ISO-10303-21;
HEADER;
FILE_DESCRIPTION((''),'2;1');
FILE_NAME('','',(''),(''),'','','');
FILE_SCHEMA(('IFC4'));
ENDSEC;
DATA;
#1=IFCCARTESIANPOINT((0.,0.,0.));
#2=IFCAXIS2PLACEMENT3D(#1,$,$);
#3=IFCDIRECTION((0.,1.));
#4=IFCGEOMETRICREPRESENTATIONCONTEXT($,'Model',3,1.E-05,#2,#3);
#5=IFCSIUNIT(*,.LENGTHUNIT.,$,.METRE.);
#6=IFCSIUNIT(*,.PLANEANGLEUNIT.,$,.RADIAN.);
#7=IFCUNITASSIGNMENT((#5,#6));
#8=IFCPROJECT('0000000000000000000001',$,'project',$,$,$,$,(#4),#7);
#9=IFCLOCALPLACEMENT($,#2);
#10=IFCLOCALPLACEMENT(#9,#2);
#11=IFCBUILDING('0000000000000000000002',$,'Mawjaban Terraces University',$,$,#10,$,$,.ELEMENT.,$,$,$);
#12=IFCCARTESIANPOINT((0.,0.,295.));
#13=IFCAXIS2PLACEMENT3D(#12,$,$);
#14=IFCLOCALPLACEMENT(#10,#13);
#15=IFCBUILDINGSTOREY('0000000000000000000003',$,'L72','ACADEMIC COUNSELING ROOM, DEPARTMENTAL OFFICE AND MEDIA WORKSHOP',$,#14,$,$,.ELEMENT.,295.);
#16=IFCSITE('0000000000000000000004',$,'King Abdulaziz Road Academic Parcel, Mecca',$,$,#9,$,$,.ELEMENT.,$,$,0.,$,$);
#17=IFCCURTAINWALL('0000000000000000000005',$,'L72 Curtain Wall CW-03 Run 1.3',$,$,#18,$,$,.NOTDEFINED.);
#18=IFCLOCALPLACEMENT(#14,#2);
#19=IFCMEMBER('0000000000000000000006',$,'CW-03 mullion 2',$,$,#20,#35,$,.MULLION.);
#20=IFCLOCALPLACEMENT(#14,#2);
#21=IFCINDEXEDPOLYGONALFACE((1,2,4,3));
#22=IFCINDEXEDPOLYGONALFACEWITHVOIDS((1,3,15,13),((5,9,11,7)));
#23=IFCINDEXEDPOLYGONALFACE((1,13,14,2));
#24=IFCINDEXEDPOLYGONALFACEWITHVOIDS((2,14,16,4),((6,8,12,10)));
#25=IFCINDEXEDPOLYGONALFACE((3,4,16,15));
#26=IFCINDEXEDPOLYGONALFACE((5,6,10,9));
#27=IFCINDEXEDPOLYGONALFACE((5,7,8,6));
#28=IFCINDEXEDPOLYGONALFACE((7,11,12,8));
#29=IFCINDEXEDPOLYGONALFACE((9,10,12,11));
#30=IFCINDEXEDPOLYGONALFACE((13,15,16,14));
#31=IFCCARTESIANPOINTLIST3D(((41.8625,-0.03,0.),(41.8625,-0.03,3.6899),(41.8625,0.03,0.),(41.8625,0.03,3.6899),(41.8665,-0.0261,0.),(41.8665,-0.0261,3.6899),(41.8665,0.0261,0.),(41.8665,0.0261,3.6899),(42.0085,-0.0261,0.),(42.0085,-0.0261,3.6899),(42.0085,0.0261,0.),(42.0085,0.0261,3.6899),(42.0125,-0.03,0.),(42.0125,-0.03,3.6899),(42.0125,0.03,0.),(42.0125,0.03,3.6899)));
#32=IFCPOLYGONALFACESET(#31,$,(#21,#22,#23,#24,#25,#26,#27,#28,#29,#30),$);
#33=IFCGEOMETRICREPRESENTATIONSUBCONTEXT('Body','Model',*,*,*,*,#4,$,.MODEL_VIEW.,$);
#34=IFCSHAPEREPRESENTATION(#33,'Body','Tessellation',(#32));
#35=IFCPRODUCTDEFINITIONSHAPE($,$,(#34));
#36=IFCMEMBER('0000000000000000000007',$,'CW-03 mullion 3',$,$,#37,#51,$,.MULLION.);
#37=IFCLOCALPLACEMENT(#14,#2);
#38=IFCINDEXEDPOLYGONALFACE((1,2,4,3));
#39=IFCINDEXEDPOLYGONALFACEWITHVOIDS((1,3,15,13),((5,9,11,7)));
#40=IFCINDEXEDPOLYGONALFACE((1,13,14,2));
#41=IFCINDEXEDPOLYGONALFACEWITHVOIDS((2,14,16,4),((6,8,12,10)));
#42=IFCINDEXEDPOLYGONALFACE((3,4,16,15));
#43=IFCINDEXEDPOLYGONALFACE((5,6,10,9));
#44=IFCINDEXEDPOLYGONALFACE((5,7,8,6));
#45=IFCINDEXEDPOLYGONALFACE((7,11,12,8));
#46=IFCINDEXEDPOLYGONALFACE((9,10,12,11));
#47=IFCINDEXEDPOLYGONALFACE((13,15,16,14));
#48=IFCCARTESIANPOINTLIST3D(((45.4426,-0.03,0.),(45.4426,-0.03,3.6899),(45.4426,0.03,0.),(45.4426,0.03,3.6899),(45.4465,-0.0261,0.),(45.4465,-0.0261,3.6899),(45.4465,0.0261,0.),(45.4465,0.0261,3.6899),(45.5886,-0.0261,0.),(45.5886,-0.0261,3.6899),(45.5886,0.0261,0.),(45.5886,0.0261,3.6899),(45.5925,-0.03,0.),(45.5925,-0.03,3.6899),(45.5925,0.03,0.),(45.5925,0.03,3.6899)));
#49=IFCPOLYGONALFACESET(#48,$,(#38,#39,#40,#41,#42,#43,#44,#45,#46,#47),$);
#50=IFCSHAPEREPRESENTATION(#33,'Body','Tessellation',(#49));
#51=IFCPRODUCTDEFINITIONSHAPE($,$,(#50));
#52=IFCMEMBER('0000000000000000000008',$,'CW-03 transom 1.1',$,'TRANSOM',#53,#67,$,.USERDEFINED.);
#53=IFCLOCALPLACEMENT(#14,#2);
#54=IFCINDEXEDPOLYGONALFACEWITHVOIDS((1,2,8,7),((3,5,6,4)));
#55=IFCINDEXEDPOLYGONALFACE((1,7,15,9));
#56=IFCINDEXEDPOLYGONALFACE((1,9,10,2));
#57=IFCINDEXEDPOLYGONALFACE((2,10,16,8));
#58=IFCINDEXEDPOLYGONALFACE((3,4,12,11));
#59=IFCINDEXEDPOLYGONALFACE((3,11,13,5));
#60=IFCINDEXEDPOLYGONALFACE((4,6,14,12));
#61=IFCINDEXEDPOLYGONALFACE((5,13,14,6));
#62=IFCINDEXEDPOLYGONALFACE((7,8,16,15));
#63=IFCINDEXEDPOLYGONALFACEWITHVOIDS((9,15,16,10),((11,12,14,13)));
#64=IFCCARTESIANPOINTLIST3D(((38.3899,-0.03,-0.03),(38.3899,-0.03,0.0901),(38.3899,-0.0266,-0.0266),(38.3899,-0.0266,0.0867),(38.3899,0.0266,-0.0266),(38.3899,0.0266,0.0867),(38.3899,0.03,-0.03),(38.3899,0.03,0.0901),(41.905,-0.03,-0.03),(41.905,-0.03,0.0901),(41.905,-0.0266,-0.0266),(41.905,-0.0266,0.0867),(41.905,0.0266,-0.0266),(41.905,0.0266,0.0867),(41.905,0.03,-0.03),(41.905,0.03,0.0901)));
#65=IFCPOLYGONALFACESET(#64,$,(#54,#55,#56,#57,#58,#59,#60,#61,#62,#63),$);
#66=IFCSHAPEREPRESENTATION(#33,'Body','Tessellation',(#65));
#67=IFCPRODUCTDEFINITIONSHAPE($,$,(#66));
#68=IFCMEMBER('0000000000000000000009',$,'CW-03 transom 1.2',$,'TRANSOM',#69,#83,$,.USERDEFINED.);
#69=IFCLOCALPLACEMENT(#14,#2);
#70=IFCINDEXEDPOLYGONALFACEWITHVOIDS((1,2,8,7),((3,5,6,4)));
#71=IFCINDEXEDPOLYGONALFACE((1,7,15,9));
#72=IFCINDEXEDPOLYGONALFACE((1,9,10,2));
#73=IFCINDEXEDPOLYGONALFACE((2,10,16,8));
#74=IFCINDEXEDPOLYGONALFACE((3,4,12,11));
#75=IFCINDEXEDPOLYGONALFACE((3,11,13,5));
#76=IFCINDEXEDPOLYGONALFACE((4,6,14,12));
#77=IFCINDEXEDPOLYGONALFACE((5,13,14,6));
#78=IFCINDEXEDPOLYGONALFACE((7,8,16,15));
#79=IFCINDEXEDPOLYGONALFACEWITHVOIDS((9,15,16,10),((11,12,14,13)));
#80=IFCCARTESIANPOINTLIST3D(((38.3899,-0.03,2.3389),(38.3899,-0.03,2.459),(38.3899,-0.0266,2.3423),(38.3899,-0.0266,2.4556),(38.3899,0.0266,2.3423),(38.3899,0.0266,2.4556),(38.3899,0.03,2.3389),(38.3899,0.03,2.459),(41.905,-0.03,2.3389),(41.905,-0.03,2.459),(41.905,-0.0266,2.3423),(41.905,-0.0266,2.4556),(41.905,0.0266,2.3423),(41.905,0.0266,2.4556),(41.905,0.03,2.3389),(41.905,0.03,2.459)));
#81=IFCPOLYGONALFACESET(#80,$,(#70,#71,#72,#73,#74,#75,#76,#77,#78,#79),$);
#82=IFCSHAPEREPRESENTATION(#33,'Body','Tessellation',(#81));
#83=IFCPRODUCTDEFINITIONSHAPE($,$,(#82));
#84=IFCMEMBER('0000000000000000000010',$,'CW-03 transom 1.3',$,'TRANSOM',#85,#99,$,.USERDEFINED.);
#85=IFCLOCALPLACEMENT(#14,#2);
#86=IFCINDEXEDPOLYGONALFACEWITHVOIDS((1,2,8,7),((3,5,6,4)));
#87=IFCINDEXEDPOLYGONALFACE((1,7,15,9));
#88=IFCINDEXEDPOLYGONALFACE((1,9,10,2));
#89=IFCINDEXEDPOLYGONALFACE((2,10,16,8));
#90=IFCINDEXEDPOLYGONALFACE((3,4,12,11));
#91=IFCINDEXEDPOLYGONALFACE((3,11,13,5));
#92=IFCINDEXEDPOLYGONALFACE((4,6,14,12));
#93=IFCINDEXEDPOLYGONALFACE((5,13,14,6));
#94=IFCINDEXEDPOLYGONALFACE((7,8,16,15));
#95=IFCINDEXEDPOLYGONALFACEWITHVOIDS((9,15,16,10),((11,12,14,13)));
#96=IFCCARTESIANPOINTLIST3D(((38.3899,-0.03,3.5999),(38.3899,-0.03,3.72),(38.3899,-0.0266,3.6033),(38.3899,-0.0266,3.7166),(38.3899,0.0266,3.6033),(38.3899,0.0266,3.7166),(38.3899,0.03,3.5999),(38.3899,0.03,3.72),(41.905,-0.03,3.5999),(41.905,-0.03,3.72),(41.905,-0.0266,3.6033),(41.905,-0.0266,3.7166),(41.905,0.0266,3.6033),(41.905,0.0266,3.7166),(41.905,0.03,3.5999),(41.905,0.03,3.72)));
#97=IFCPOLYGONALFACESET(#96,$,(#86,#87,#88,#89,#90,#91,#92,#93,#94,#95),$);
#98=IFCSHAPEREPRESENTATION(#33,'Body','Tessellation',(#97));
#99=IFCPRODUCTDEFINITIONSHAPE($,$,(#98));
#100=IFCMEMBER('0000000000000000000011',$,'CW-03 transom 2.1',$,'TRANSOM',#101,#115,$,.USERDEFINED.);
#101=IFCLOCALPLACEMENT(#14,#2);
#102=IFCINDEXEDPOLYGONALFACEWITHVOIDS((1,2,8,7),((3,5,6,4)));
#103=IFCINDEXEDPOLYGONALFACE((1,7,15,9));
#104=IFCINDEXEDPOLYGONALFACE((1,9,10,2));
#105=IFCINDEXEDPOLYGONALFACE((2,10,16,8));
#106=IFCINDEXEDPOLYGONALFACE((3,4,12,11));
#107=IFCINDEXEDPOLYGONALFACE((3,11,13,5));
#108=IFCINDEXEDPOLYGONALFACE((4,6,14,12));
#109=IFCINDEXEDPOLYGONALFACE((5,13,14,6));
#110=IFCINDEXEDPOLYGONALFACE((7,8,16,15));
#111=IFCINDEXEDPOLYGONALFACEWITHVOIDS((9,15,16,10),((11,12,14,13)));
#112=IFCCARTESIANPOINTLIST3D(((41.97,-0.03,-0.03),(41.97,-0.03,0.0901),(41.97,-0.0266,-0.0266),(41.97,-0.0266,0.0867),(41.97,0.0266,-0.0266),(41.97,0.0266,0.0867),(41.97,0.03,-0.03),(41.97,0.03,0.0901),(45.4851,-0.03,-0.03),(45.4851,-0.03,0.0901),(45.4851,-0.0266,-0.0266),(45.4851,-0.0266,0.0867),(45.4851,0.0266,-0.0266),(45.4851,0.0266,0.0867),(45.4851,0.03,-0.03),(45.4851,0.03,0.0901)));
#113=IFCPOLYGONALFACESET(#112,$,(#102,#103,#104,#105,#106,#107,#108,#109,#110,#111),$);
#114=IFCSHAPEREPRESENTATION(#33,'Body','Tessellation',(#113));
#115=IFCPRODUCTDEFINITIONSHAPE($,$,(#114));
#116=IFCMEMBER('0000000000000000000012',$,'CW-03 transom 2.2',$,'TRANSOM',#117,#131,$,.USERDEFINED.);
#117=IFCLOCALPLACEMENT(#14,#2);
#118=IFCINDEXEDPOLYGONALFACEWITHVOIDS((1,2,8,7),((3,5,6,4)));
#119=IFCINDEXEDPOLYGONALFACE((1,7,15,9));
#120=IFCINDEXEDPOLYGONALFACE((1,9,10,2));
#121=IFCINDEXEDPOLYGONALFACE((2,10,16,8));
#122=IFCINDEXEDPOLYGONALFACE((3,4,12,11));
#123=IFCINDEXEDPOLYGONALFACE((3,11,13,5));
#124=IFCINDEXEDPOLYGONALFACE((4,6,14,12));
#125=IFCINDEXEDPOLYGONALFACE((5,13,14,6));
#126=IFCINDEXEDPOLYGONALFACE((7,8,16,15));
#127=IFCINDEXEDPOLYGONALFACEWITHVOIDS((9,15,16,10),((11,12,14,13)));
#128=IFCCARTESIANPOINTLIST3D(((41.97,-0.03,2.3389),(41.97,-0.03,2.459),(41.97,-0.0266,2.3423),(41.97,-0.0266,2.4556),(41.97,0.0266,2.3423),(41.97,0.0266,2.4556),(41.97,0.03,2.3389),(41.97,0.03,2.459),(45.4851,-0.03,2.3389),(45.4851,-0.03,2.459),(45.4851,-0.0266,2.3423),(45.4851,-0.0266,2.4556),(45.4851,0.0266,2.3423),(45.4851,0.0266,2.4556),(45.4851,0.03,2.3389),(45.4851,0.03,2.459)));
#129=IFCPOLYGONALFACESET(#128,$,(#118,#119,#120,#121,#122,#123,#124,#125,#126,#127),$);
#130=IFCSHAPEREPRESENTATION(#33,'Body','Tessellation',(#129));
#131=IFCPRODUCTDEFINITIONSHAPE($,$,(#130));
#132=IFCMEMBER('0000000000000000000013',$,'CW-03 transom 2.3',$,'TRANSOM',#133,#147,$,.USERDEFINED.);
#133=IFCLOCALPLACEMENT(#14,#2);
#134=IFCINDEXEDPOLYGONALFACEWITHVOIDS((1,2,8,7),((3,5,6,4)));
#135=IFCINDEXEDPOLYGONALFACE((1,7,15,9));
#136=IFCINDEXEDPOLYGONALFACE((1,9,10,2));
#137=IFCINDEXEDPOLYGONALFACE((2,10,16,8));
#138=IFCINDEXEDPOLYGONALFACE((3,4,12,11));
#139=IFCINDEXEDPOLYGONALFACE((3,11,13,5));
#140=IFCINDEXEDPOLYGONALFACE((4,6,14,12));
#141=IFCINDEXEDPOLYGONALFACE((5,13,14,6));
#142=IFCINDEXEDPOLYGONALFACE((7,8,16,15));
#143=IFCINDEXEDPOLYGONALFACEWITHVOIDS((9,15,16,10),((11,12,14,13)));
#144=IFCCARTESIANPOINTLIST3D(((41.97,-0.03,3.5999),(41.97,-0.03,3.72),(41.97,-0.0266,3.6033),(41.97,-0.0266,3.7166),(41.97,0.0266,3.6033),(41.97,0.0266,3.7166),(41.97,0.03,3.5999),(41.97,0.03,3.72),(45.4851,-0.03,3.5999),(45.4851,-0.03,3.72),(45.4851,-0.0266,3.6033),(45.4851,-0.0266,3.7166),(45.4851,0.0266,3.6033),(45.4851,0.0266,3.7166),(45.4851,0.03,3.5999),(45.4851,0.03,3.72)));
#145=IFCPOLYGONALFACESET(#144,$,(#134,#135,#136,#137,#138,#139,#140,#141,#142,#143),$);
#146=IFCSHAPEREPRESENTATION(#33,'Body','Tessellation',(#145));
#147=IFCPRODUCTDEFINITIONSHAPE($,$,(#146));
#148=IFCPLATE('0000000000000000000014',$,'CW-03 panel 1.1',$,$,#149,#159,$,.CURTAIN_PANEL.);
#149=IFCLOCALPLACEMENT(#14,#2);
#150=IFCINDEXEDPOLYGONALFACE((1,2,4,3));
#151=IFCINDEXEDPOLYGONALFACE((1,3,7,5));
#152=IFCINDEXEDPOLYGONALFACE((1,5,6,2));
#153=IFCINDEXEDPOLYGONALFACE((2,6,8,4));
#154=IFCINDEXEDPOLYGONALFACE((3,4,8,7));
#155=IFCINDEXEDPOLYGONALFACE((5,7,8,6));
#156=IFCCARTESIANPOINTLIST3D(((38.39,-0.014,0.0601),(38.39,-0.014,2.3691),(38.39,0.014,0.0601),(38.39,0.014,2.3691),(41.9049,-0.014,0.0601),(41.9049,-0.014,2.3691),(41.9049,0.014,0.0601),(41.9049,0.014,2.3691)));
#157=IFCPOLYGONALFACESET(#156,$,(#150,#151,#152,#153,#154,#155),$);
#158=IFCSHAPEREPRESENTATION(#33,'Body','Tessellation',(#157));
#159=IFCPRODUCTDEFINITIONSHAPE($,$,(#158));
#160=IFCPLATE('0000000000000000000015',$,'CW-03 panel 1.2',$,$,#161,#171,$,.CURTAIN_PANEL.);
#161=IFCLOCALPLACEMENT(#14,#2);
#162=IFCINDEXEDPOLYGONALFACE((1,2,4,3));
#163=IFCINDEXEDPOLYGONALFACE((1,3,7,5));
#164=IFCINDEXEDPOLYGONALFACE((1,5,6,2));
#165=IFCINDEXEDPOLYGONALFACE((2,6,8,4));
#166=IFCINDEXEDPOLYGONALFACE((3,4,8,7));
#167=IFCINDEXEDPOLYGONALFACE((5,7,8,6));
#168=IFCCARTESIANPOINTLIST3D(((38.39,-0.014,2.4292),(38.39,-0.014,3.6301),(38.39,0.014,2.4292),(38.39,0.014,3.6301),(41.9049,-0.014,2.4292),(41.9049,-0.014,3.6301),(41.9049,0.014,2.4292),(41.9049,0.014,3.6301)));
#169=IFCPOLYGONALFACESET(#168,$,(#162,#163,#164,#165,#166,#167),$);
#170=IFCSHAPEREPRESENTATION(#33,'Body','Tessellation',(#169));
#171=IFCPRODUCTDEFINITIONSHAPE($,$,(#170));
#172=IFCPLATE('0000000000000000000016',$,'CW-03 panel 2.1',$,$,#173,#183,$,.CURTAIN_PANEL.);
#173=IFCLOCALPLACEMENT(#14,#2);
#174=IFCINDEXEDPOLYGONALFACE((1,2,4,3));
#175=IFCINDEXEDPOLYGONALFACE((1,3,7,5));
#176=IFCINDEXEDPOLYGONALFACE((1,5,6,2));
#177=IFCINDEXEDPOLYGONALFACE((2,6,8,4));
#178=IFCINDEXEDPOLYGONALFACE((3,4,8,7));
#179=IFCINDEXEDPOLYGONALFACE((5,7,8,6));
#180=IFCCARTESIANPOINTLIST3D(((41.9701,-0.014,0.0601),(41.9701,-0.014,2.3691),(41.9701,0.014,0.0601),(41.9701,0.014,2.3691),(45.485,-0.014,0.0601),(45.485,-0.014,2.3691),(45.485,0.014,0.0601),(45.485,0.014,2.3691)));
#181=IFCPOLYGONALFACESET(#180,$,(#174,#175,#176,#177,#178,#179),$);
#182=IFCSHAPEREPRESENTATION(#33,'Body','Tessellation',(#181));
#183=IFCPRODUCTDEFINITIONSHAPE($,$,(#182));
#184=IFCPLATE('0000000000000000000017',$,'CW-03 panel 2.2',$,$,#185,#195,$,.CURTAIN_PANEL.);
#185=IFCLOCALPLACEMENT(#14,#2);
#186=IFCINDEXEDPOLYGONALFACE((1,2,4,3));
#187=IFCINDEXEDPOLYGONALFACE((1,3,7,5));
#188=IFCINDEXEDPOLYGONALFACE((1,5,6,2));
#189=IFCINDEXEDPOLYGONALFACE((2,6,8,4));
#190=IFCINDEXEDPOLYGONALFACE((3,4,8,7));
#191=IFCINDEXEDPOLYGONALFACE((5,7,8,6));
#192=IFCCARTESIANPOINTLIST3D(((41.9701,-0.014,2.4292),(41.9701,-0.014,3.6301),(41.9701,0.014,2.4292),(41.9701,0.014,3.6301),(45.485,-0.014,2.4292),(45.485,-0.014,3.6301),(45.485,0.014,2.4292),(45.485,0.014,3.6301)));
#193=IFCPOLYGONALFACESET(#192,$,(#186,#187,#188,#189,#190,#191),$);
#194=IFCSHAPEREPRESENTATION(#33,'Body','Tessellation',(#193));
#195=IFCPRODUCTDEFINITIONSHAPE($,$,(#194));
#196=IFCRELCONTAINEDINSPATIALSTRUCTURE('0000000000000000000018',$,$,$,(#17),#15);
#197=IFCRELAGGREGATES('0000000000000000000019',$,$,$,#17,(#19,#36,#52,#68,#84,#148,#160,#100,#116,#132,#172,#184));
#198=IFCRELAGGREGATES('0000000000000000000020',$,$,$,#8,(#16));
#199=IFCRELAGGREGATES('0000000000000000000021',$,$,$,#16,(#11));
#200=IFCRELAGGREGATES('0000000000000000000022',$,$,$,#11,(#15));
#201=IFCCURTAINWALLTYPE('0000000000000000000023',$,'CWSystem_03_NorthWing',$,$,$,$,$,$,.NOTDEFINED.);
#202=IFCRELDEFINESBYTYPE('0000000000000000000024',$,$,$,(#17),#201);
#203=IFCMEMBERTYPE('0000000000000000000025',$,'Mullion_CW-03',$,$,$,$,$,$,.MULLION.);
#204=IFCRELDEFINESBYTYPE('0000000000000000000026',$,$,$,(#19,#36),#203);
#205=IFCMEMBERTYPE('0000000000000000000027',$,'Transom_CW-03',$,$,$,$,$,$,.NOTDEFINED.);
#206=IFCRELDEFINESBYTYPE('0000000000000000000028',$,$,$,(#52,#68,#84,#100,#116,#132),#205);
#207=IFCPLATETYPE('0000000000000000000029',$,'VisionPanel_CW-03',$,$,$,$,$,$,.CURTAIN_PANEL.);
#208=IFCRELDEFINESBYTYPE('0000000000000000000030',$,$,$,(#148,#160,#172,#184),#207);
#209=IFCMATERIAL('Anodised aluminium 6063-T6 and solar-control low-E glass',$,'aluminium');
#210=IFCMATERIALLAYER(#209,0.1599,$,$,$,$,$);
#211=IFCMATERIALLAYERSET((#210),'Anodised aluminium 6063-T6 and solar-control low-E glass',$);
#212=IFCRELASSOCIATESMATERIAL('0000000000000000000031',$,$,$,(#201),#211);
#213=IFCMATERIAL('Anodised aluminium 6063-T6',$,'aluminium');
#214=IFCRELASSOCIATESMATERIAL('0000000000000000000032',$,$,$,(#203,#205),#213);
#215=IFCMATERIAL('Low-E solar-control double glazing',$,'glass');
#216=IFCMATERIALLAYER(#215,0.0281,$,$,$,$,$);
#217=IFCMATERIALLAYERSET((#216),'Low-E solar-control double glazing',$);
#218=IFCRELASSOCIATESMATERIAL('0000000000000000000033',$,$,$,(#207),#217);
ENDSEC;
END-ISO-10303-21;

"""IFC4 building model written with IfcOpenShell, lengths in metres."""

from ifc_helpers import new_model, si_unit, direction, frame, origin, origin_2d, place, context, subcontext, project, spatial, rectangle, hollow_rectangle, extrude, material, layer, layer_set, material_profile, profile_set, type_object, element, aggregate, save


model = new_model("IFC4")

# Units and contexts
model_context = context("Model", 3, precision=1e-05, world=origin(), true_north=direction((0.0, 1.0)))
body_context = subcontext(model_context, "Body", "Model", "MODEL_VIEW")
ifc_project = project(units=[si_unit("LENGTHUNIT", "METRE"), si_unit("PLANEANGLEUNIT", "RADIAN")], contexts=[model_context])

# Site, building, storey
site_placement = place(None, origin())
site = spatial("IfcSite", under=ifc_project, at=site_placement, Name="King Abdulaziz Road Academic Parcel, Mecca", CompositionType="ELEMENT", RefElevation=0.0)
building_placement = place(site_placement, origin())
building = spatial("IfcBuilding", under=site, at=building_placement, Name="Mawjaban Terraces University", CompositionType="ELEMENT")
storey_placement = place(building_placement, frame((0.0, 0.0, 295.0)))
storey = spatial("IfcBuildingStorey", under=building, at=storey_placement, Name="L72", Description="ACADEMIC COUNSELING ROOM, DEPARTMENTAL OFFICE AND MEDIA WORKSHOP", CompositionType="ELEMENT", Elevation=295.0)

# Shared definitions
ifc_material_1 = material(Name="Anodised aluminium 6063-T6 and solar-control low-E glass", Category="aluminium")
ifc_layer_1 = layer(ifc_material_1, 0.1599)
ifc_layer_set_1 = layer_set([ifc_layer_1], Name="Anodised aluminium 6063-T6 and solar-control low-E glass")
curtain_wall_type = type_object("IfcCurtainWallType", Name="CWSystem_03_NorthWing", PredefinedType="NOTDEFINED", material=ifc_layer_set_1)
ifc_material_2 = material(Name="Anodised aluminium 6063-T6", Category="aluminium")
ifc_material_profile_1 = material_profile(ifc_material_2, hollow_rectangle(XDim=0.0601, YDim=0.1499, WallThickness=0.0039, at=origin_2d()), Name="ALU150X60X4")
ifc_profile_set_1 = profile_set([ifc_material_profile_1], Name="Anodised aluminium 6063-T6")
member_type_1 = type_object("IfcMemberType", Name="Mullion_CW-03", PredefinedType="MULLION", material=ifc_profile_set_1)

# Curtain wall, members, plates
curtain_wall_1_placement = place(storey_placement, origin())
curtain_wall_1 = element("IfcCurtainWall", 1, at=curtain_wall_1_placement, inside=storey, type_object=curtain_wall_type, Name="L72 Curtain Wall CW-03 Run 1.3", PredefinedType="NOTDEFINED")
member_1_placement = place(storey_placement, frame((41.9375, 0.0, 0.0), z_axis=(0.0, 0.0, 1.0), x_axis=(0.0, 1.0, 0.0)))
member_1 = element("IfcMember", 2, at=member_1_placement, type_object=member_type_1, Name="CW-03 mullion 2", PredefinedType="MULLION", context=body_context, shape_type="SweptSolid", body=[
    extrude(hollow_rectangle(XDim=0.0601, YDim=0.1499, WallThickness=0.0039, at=origin_2d()), origin(), (0.0, 0.0, 1.0), 3.6899),
])
member_2_placement = place(storey_placement, frame((45.5176, 0.0, 0.0), z_axis=(0.0, 0.0, 1.0), x_axis=(0.0, 1.0, 0.0)))
member_2 = element("IfcMember", 3, at=member_2_placement, type_object=member_type_1, Name="CW-03 mullion 3", PredefinedType="MULLION", context=body_context, shape_type="SweptSolid", body=[
    extrude(hollow_rectangle(XDim=0.0601, YDim=0.1499, WallThickness=0.0039, at=origin_2d()), origin(), (0.0, 0.0, 1.0), 3.6899),
])
ifc_material_profile_2 = material_profile(ifc_material_2, hollow_rectangle(XDim=0.0601, YDim=0.1201, WallThickness=0.0034, at=origin_2d()), Name="ALU120X60X3.5")
ifc_profile_set_2 = profile_set([ifc_material_profile_2], Name="Anodised aluminium 6063-T6")
member_type_2 = type_object("IfcMemberType", Name="Transom_CW-03", PredefinedType="NOTDEFINED", material=ifc_profile_set_2)
member_3_placement = place(storey_placement, frame((38.3899, 0.0, 0.03), z_axis=(1.0, 0.0, 0.0), x_axis=(0.0, 1.0, 0.0)))
member_3 = element("IfcMember", 4, at=member_3_placement, type_object=member_type_2, Name="CW-03 transom 1.1", ObjectType="TRANSOM", PredefinedType="USERDEFINED", context=body_context, shape_type="SweptSolid", body=[
    extrude(hollow_rectangle(XDim=0.0601, YDim=0.1201, WallThickness=0.0034, at=origin_2d()), origin(), (0.0, 0.0, 1.0), 3.5151),
])
member_4_placement = place(storey_placement, frame((38.3899, 0.0, 2.3989), z_axis=(1.0, 0.0, 0.0), x_axis=(0.0, 1.0, 0.0)))
member_4 = element("IfcMember", 5, at=member_4_placement, type_object=member_type_2, Name="CW-03 transom 1.2", ObjectType="TRANSOM", PredefinedType="USERDEFINED", context=body_context, shape_type="SweptSolid", body=[
    extrude(hollow_rectangle(XDim=0.0601, YDim=0.1201, WallThickness=0.0034, at=origin_2d()), origin(), (0.0, 0.0, 1.0), 3.5151),
])
member_5_placement = place(storey_placement, frame((38.3899, 0.0, 3.6599), z_axis=(1.0, 0.0, 0.0), x_axis=(0.0, 1.0, 0.0)))
member_5 = element("IfcMember", 6, at=member_5_placement, type_object=member_type_2, Name="CW-03 transom 1.3", ObjectType="TRANSOM", PredefinedType="USERDEFINED", context=body_context, shape_type="SweptSolid", body=[
    extrude(hollow_rectangle(XDim=0.0601, YDim=0.1201, WallThickness=0.0034, at=origin_2d()), origin(), (0.0, 0.0, 1.0), 3.5151),
])
member_6_placement = place(storey_placement, frame((41.97, 0.0, 0.03), z_axis=(1.0, 0.0, 0.0), x_axis=(0.0, 1.0, 0.0)))
member_6 = element("IfcMember", 7, at=member_6_placement, type_object=member_type_2, Name="CW-03 transom 2.1", ObjectType="TRANSOM", PredefinedType="USERDEFINED", context=body_context, shape_type="SweptSolid", body=[
    extrude(hollow_rectangle(XDim=0.0601, YDim=0.1201, WallThickness=0.0034, at=origin_2d()), origin(), (0.0, 0.0, 1.0), 3.5151),
])
member_7_placement = place(storey_placement, frame((41.97, 0.0, 2.3989), z_axis=(1.0, 0.0, 0.0), x_axis=(0.0, 1.0, 0.0)))
member_7 = element("IfcMember", 8, at=member_7_placement, type_object=member_type_2, Name="CW-03 transom 2.2", ObjectType="TRANSOM", PredefinedType="USERDEFINED", context=body_context, shape_type="SweptSolid", body=[
    extrude(hollow_rectangle(XDim=0.0601, YDim=0.1201, WallThickness=0.0034, at=origin_2d()), origin(), (0.0, 0.0, 1.0), 3.5151),
])
member_8_placement = place(storey_placement, frame((41.97, 0.0, 3.6599), z_axis=(1.0, 0.0, 0.0), x_axis=(0.0, 1.0, 0.0)))
member_8 = element("IfcMember", 9, at=member_8_placement, type_object=member_type_2, Name="CW-03 transom 2.3", ObjectType="TRANSOM", PredefinedType="USERDEFINED", context=body_context, shape_type="SweptSolid", body=[
    extrude(hollow_rectangle(XDim=0.0601, YDim=0.1201, WallThickness=0.0034, at=origin_2d()), origin(), (0.0, 0.0, 1.0), 3.5151),
])
ifc_material_3 = material(Name="Low-E solar-control double glazing", Category="glass")
ifc_layer_2 = layer(ifc_material_3, 0.0281)
ifc_layer_set_2 = layer_set([ifc_layer_2], Name="Low-E solar-control double glazing")
plate_type = type_object("IfcPlateType", Name="VisionPanel_CW-03", PredefinedType="CURTAIN_PANEL", material=ifc_layer_set_2)
plate_1_placement = place(storey_placement, frame((40.1475, 0.0, 0.0601), z_axis=(0.0, 0.0, 1.0), x_axis=(1.0, 0.0, 0.0)))
plate_1 = element("IfcPlate", 10, at=plate_1_placement, type_object=plate_type, Name="CW-03 panel 1.1", PredefinedType="CURTAIN_PANEL", context=body_context, shape_type="SweptSolid", body=[
    extrude(rectangle(XDim=3.5149, YDim=0.0281, at=origin_2d()), origin(), (0.0, 0.0, 1.0), 2.3091),
])
plate_2_placement = place(storey_placement, frame((40.1475, 0.0, 2.4292), z_axis=(0.0, 0.0, 1.0), x_axis=(1.0, 0.0, 0.0)))
plate_2 = element("IfcPlate", 11, at=plate_2_placement, type_object=plate_type, Name="CW-03 panel 1.2", PredefinedType="CURTAIN_PANEL", context=body_context, shape_type="SweptSolid", body=[
    extrude(rectangle(XDim=3.5149, YDim=0.0281, at=origin_2d()), origin(), (0.0, 0.0, 1.0), 1.2009),
])
plate_3_placement = place(storey_placement, frame((43.7275, 0.0, 0.0601), z_axis=(0.0, 0.0, 1.0), x_axis=(1.0, 0.0, 0.0)))
plate_3 = element("IfcPlate", 12, at=plate_3_placement, type_object=plate_type, Name="CW-03 panel 2.1", PredefinedType="CURTAIN_PANEL", context=body_context, shape_type="SweptSolid", body=[
    extrude(rectangle(XDim=3.5149, YDim=0.0281, at=origin_2d()), origin(), (0.0, 0.0, 1.0), 2.3091),
])
plate_4_placement = place(storey_placement, frame((43.7275, 0.0, 2.4292), z_axis=(0.0, 0.0, 1.0), x_axis=(1.0, 0.0, 0.0)))
plate_4 = element("IfcPlate", 13, at=plate_4_placement, type_object=plate_type, Name="CW-03 panel 2.2", PredefinedType="CURTAIN_PANEL", context=body_context, shape_type="SweptSolid", body=[
    extrude(rectangle(XDim=3.5149, YDim=0.0281, at=origin_2d()), origin(), (0.0, 0.0, 1.0), 1.2009),
])
aggregate(curtain_wall_1, [member_1, member_2, member_3, member_4, member_5, plate_1, plate_2, member_6, member_7, member_8, plate_3, plate_4])

save(model, "model.ifc")
